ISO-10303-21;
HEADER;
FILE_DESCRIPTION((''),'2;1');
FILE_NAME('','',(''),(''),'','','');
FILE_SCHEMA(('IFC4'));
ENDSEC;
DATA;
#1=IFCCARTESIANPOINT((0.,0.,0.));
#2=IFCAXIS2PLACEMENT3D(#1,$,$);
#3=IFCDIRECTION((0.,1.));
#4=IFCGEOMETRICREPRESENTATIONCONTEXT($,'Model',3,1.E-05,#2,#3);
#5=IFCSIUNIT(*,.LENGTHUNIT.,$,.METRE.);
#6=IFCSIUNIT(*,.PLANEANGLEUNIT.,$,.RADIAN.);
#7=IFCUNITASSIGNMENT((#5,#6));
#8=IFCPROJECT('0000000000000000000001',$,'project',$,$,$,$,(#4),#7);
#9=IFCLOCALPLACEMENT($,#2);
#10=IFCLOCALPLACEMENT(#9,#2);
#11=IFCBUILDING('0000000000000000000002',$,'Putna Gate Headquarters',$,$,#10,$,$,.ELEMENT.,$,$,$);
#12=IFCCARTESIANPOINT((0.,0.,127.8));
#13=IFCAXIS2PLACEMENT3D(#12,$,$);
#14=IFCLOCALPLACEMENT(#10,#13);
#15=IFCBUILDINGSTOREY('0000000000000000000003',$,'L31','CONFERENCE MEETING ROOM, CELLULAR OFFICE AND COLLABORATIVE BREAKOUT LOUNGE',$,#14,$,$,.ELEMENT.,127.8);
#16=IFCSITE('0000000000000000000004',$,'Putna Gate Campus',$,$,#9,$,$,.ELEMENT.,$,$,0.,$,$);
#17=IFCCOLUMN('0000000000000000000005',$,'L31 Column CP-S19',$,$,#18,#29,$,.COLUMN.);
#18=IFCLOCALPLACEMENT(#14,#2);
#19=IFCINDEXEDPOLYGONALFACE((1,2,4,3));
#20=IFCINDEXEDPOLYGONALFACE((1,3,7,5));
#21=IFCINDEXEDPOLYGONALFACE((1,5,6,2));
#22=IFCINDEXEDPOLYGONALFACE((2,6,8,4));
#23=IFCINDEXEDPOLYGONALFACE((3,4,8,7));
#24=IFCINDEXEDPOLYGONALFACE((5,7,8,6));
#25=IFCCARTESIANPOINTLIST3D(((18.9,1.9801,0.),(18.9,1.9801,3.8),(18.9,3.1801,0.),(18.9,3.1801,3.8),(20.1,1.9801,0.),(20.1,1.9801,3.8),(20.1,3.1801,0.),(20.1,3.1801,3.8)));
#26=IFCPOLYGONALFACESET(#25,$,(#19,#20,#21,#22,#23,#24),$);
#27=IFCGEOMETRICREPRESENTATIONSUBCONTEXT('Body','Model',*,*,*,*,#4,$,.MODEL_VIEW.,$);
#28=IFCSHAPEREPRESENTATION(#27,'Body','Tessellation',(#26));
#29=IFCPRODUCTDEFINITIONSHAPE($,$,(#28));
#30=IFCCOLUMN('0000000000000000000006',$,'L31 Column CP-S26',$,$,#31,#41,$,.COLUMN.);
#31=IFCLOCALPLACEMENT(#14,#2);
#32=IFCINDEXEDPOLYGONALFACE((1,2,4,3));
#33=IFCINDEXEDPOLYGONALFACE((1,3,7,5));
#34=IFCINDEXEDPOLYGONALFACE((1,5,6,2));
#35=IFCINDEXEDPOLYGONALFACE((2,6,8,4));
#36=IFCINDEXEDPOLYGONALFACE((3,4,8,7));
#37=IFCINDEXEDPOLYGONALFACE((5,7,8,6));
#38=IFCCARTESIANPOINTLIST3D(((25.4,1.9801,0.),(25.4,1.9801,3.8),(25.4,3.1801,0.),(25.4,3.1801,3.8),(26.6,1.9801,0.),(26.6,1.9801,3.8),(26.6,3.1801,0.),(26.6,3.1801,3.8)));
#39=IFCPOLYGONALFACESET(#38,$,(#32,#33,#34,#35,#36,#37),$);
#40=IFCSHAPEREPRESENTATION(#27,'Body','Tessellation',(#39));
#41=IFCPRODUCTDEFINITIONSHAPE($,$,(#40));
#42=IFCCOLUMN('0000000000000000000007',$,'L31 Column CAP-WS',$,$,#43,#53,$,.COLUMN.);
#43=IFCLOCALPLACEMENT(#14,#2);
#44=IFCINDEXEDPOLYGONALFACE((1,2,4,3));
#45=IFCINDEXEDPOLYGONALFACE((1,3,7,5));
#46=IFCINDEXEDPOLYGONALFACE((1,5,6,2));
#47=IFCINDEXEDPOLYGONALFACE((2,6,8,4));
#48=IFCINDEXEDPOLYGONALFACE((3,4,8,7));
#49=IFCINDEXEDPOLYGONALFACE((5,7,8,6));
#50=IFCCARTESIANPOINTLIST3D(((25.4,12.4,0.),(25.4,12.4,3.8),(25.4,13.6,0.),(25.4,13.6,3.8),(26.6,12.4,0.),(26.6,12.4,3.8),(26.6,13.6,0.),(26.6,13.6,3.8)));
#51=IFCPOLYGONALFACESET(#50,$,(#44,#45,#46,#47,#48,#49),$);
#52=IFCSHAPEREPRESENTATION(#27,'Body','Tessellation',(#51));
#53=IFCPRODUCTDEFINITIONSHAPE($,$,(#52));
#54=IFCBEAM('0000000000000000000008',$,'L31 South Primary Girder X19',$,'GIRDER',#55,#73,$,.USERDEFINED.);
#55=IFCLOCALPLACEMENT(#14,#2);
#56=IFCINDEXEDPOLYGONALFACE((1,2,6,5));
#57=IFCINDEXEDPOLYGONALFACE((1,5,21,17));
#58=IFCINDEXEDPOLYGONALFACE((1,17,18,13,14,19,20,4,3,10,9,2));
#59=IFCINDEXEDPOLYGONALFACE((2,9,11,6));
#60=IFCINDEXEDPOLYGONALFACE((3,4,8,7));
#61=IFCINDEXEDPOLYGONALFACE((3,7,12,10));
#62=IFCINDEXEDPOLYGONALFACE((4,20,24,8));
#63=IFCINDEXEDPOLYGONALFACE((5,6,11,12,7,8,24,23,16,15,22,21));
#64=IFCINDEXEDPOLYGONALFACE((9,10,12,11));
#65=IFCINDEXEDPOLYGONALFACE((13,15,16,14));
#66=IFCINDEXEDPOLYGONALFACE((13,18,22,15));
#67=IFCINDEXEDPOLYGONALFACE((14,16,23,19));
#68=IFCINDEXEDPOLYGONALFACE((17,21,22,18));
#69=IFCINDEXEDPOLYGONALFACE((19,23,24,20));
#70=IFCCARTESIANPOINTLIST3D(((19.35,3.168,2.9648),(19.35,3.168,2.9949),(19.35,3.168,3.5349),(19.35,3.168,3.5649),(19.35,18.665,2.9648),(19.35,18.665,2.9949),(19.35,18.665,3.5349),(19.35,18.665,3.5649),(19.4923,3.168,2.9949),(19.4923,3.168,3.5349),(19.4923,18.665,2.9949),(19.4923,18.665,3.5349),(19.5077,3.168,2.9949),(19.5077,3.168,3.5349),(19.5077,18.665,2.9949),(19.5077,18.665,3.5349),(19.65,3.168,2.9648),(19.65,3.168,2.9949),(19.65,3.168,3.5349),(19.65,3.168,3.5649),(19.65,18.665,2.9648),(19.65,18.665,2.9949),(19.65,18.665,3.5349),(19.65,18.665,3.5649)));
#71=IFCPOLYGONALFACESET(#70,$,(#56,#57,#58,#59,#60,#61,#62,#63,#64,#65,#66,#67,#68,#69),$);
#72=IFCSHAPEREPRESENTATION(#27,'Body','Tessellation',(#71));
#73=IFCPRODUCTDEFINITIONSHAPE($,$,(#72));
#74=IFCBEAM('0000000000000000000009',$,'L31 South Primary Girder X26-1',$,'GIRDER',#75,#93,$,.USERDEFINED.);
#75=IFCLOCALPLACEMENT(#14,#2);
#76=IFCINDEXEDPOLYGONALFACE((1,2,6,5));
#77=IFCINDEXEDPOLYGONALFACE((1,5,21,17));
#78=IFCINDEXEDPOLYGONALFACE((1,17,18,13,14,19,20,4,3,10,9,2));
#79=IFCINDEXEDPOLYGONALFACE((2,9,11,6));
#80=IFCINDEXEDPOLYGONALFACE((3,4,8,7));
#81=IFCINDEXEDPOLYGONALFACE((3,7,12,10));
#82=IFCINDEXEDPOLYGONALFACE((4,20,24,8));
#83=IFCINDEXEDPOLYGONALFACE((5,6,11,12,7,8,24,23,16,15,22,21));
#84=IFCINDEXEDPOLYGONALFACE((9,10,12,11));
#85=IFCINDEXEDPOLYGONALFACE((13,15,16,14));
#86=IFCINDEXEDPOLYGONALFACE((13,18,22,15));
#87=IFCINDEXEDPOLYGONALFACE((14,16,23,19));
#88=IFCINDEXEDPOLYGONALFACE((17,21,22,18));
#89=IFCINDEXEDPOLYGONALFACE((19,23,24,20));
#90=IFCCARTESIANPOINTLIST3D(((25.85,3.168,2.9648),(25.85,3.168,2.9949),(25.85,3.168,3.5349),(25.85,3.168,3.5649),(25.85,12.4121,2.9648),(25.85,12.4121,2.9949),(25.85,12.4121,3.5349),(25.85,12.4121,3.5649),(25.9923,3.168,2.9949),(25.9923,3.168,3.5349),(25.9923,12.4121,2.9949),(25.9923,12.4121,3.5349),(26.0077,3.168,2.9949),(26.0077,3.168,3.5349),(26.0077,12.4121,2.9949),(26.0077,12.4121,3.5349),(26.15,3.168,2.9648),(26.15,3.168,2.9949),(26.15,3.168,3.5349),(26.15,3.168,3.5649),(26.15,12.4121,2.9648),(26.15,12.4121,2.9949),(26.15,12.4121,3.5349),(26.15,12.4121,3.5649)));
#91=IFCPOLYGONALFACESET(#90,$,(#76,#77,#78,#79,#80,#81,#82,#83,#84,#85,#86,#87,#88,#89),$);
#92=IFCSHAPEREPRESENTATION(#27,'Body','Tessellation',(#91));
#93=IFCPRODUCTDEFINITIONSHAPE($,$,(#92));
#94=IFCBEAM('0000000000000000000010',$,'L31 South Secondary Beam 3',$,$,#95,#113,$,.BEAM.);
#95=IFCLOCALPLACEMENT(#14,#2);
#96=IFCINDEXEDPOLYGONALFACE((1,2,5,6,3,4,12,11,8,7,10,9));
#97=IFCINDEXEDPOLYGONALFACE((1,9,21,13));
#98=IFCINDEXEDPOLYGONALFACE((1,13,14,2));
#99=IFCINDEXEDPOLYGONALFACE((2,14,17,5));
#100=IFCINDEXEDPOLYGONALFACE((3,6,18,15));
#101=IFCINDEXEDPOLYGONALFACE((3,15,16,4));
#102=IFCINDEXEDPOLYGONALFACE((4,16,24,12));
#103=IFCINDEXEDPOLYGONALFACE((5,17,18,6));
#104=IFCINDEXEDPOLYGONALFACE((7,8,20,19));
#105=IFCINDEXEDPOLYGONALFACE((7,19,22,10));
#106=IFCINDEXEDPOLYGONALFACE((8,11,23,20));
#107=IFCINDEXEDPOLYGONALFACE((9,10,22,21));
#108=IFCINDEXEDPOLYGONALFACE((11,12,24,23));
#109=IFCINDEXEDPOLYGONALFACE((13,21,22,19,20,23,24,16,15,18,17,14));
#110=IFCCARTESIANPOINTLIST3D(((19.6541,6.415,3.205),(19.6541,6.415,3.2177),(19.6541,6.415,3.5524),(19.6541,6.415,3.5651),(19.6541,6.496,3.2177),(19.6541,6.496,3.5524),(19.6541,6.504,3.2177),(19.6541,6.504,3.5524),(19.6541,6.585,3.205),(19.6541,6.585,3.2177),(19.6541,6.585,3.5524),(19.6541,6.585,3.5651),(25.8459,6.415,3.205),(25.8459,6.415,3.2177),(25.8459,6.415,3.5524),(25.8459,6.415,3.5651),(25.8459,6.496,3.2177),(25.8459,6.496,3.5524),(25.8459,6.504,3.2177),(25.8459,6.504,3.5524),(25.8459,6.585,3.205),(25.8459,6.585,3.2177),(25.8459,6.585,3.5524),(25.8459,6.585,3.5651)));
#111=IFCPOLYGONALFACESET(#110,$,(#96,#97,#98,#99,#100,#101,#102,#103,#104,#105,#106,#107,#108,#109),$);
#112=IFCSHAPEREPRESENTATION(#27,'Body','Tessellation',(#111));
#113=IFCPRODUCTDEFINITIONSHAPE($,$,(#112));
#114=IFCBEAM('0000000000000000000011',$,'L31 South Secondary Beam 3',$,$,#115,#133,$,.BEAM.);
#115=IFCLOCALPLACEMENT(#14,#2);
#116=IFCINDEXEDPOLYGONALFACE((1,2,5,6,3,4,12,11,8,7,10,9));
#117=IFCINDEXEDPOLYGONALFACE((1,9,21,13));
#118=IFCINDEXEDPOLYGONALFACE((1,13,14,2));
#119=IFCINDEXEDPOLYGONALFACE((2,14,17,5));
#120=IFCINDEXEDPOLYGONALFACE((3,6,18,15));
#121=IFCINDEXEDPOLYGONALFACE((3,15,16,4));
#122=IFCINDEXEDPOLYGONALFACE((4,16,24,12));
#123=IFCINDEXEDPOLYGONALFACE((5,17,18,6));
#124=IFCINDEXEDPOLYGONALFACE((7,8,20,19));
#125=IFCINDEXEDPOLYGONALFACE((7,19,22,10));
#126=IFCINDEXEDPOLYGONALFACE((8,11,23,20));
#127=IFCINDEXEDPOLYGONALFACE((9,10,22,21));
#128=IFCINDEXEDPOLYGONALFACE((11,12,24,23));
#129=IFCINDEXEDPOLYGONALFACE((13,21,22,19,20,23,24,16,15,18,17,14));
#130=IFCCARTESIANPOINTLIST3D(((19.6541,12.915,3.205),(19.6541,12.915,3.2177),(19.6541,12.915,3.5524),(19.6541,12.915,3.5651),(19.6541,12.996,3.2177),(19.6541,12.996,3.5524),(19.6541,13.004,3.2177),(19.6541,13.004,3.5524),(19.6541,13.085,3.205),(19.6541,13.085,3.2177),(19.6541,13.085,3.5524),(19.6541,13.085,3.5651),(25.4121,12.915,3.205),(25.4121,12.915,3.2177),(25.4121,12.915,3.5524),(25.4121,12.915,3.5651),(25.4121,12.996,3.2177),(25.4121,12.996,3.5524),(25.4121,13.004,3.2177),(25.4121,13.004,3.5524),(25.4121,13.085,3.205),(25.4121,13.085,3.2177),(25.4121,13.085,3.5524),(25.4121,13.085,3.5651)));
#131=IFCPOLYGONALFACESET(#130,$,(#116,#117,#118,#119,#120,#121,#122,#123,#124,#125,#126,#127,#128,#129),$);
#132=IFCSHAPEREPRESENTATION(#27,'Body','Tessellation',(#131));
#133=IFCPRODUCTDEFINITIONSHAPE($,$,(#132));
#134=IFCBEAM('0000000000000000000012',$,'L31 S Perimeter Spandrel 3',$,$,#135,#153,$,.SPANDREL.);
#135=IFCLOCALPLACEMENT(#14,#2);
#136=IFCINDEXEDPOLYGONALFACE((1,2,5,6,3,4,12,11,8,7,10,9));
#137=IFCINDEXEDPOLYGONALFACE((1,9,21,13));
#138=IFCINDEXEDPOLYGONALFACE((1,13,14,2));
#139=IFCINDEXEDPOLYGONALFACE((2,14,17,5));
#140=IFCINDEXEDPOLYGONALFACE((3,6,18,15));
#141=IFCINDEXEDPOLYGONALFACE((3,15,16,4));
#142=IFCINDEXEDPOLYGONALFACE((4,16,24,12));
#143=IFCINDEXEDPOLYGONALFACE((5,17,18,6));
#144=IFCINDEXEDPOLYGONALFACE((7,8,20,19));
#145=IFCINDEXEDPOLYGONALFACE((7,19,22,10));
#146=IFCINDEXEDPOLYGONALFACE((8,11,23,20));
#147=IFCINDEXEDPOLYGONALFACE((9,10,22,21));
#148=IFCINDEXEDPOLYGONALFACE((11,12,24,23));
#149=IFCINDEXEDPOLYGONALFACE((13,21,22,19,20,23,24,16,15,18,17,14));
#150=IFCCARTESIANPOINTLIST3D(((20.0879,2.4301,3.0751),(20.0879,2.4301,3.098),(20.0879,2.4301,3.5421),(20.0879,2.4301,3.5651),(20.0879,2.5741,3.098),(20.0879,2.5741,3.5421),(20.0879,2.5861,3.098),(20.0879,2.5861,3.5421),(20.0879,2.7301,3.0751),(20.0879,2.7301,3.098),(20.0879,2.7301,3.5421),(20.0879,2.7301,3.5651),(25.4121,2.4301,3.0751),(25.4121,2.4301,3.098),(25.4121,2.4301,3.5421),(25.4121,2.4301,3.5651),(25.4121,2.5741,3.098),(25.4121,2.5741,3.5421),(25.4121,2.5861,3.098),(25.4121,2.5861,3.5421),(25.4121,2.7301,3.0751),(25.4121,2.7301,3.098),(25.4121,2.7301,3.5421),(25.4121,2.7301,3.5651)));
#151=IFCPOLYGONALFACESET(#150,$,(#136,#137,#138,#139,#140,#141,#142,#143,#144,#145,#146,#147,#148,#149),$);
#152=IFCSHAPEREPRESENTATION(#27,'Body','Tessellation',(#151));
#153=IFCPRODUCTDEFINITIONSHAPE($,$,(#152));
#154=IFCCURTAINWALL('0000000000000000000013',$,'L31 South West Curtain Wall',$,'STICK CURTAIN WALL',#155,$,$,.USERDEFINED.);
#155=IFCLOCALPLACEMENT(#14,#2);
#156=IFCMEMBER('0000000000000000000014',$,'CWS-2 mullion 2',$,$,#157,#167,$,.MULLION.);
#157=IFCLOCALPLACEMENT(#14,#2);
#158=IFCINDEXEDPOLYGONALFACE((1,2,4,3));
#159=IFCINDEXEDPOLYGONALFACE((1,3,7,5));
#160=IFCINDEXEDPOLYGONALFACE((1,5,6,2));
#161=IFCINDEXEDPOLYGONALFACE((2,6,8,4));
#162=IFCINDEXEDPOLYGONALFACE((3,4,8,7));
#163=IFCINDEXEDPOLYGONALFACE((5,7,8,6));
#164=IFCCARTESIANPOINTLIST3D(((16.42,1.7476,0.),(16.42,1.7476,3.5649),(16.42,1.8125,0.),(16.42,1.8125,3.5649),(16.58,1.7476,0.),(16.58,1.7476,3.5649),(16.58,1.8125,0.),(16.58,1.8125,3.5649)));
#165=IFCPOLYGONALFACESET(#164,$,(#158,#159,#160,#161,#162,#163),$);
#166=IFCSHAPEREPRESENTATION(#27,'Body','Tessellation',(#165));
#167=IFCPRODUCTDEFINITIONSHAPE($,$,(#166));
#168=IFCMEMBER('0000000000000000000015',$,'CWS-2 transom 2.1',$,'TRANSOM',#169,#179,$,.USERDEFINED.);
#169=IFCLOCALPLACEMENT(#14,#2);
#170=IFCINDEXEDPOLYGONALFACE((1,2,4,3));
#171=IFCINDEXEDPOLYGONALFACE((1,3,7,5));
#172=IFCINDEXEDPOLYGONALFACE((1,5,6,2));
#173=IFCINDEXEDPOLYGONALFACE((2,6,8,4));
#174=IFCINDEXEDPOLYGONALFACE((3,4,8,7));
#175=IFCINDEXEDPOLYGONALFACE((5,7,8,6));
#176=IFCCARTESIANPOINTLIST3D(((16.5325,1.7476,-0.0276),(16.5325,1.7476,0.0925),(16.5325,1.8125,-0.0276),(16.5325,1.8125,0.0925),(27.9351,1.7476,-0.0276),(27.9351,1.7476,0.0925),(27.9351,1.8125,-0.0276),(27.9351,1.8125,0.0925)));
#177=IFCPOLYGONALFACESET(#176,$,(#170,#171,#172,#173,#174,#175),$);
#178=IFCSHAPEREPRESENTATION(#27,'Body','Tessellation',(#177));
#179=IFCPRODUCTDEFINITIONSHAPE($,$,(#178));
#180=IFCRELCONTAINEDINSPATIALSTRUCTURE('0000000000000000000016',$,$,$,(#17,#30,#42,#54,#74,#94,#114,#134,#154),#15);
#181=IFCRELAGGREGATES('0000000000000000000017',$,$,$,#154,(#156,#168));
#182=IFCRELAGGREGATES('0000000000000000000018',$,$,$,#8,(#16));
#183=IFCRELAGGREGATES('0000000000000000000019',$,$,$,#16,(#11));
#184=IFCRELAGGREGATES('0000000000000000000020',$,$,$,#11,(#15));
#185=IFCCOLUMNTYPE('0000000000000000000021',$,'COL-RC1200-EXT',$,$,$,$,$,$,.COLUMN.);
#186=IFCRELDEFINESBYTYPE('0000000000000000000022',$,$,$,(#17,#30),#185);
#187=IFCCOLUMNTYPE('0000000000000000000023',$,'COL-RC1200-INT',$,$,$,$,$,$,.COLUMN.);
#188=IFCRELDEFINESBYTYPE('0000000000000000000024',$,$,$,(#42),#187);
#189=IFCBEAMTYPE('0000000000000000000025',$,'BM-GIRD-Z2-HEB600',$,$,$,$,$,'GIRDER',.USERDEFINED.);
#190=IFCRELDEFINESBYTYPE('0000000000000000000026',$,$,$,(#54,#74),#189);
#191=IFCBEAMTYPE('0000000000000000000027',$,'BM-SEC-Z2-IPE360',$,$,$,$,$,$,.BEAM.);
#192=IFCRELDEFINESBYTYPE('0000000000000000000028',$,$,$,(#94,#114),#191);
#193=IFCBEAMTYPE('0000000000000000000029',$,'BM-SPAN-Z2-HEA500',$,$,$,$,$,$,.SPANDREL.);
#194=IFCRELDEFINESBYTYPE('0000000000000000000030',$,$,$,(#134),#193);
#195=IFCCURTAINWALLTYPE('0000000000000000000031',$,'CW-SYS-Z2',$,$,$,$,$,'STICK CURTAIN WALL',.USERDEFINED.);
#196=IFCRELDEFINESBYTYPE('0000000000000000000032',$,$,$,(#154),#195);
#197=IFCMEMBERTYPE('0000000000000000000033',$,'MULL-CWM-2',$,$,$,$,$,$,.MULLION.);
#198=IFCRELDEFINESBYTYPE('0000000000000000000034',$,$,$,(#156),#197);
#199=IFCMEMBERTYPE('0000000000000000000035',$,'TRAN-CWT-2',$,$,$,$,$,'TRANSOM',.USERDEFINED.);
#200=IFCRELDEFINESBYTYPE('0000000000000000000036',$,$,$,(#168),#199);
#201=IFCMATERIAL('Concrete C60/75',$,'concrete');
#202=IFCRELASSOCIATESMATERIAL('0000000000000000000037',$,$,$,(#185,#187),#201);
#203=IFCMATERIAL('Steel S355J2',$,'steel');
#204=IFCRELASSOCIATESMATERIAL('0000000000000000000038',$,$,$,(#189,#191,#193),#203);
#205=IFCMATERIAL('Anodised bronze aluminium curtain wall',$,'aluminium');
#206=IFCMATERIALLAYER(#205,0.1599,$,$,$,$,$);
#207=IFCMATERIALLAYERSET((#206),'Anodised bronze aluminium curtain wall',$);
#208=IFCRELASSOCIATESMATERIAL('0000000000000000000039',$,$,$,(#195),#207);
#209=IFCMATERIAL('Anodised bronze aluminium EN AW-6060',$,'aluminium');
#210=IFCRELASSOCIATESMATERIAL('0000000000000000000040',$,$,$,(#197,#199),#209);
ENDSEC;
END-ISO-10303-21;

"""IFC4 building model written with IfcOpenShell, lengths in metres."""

from ifc_helpers import new_model, si_unit, direction, frame, origin, origin_2d, place, context, subcontext, project, spatial, rectangle, i_section, extrude, material, layer, layer_set, material_profile, profile_set, type_object, element, aggregate, save


model = new_model("IFC4")

# Units and contexts
model_context = context("Model", 3, precision=1e-05, world=origin(), true_north=direction((0.0, 1.0)))
body_context = subcontext(model_context, "Body", "Model", "MODEL_VIEW")
ifc_project = project(units=[si_unit("LENGTHUNIT", "METRE"), si_unit("PLANEANGLEUNIT", "RADIAN")], contexts=[model_context])

# Site, building, storey
site_placement = place(None, origin())
site = spatial("IfcSite", under=ifc_project, at=site_placement, Name="Putna Gate Campus", CompositionType="ELEMENT", RefElevation=0.0)
building_placement = place(site_placement, origin())
building = spatial("IfcBuilding", under=site, at=building_placement, Name="Putna Gate Headquarters", CompositionType="ELEMENT")
storey_placement = place(building_placement, frame((0.0, 0.0, 127.8)))
storey = spatial("IfcBuildingStorey", under=building, at=storey_placement, Name="L31", Description="CONFERENCE MEETING ROOM, CELLULAR OFFICE AND COLLABORATIVE BREAKOUT LOUNGE", CompositionType="ELEMENT", Elevation=127.8)

# Columns
ifc_material_1 = material(Name="Concrete C60/75", Category="concrete")
ifc_material_profile_1 = material_profile(ifc_material_1, rectangle(XDim=1.2, YDim=1.2, at=origin_2d()), Name="Concrete C60/75")
ifc_profile_set_1 = profile_set([ifc_material_profile_1], Name="Concrete C60/75")
column_type_1 = type_object("IfcColumnType", Name="COL-RC1200-EXT", PredefinedType="COLUMN", material=ifc_profile_set_1)
for number, where, z_axis, x_axis, name in (
    (1, (19.5, 2.5801, 0.0), (0.0, 0.0, 1.0), (1.0, 0.0, 0.0), "L31 Column CP-S19"),
    (2, (26.0, 2.5801, 0.0), (0.0, 0.0, 1.0), (1.0, 0.0, 0.0), "L31 Column CP-S26"),
):
    element("IfcColumn", number, at=place(storey_placement, frame(where, z_axis=z_axis, x_axis=x_axis)), inside=storey, type_object=column_type_1, Name=name, PredefinedType="COLUMN", context=body_context, shape_type="SweptSolid", body=[
        extrude(rectangle(XDim=1.2, YDim=1.2, at=origin_2d()), origin(), (0.0, 0.0, 1.0), 3.8),
    ])
ifc_material_profile_2 = material_profile(ifc_material_1, rectangle(XDim=1.2, YDim=1.2, at=origin_2d()), Name="Concrete C60/75")
ifc_profile_set_2 = profile_set([ifc_material_profile_2], Name="Concrete C60/75")
column_type_2 = type_object("IfcColumnType", Name="COL-RC1200-INT", PredefinedType="COLUMN", material=ifc_profile_set_2)
column_placement = place(storey_placement, frame((26.0, 13.0, 0.0), z_axis=(0.0, 0.0, 1.0), x_axis=(1.0, 0.0, 0.0)))
element("IfcColumn", 3, at=column_placement, inside=storey, type_object=column_type_2, Name="L31 Column CAP-WS", PredefinedType="COLUMN", context=body_context, shape_type="SweptSolid", body=[
    extrude(rectangle(XDim=1.2, YDim=1.2, at=origin_2d()), origin(), (0.0, 0.0, 1.0), 3.8),
])

# Beams
ifc_material_2 = material(Name="Steel S355J2", Category="steel")
ifc_material_profile_3 = material_profile(ifc_material_2, i_section(OverallWidth=0.3, OverallDepth=0.6001, WebThickness=0.0154, FlangeThickness=0.03, at=origin_2d()), Name="Steel S355J2")
ifc_profile_set_3 = profile_set([ifc_material_profile_3], Name="Steel S355J2")
beam_type_1 = type_object("IfcBeamType", Name="BM-GIRD-Z2-HEB600", ElementType="GIRDER", PredefinedType="USERDEFINED", material=ifc_profile_set_3)
beam_1_placement = place(storey_placement, frame((19.5, 3.168, 3.2649), z_axis=(0.0, 1.0, 0.0), x_axis=(-1.0, 0.0, 0.0)))
element("IfcBeam", 4, at=beam_1_placement, inside=storey, type_object=beam_type_1, Name="L31 South Primary Girder X19", ObjectType="GIRDER", PredefinedType="USERDEFINED", context=body_context, shape_type="SweptSolid", body=[
    extrude(i_section(OverallWidth=0.3, OverallDepth=0.6001, WebThickness=0.0154, FlangeThickness=0.03, at=origin_2d()), origin(), (0.0, 0.0, 1.0), 15.4971),
])
beam_2_placement = place(storey_placement, frame((26.0, 3.168, 3.2649), z_axis=(0.0, 1.0, 0.0), x_axis=(-1.0, 0.0, 0.0)))
element("IfcBeam", 5, at=beam_2_placement, inside=storey, type_object=beam_type_1, Name="L31 South Primary Girder X26-1", ObjectType="GIRDER", PredefinedType="USERDEFINED", context=body_context, shape_type="SweptSolid", body=[
    extrude(i_section(OverallWidth=0.3, OverallDepth=0.6001, WebThickness=0.0154, FlangeThickness=0.03, at=origin_2d()), origin(), (0.0, 0.0, 1.0), 9.2441),
])
ifc_material_profile_4 = material_profile(ifc_material_2, i_section(OverallWidth=0.1699, OverallDepth=0.3601, WebThickness=0.0081, FlangeThickness=0.0127, at=origin_2d()), Name="Steel S355J2")
ifc_profile_set_4 = profile_set([ifc_material_profile_4], Name="Steel S355J2")
beam_type_2 = type_object("IfcBeamType", Name="BM-SEC-Z2-IPE360", PredefinedType="BEAM", material=ifc_profile_set_4)
beam_3_placement = place(storey_placement, frame((19.6541, 6.5, 3.385), z_axis=(1.0, 0.0, 0.0), x_axis=(0.0, 1.0, 0.0)))
element("IfcBeam", 6, at=beam_3_placement, inside=storey, type_object=beam_type_2, Name="L31 South Secondary Beam 3", PredefinedType="BEAM", context=body_context, shape_type="SweptSolid", body=[
    extrude(i_section(OverallWidth=0.1699, OverallDepth=0.3601, WebThickness=0.0081, FlangeThickness=0.0127, at=origin_2d()), origin(), (0.0, 0.0, 1.0), 6.1919),
])
beam_4_placement = place(storey_placement, frame((19.6541, 13.0, 3.385), z_axis=(1.0, 0.0, 0.0), x_axis=(0.0, 1.0, 0.0)))
element("IfcBeam", 7, at=beam_4_placement, inside=storey, type_object=beam_type_2, Name="L31 South Secondary Beam 3", PredefinedType="BEAM", context=body_context, shape_type="SweptSolid", body=[
    extrude(i_section(OverallWidth=0.1699, OverallDepth=0.3601, WebThickness=0.0081, FlangeThickness=0.0127, at=origin_2d()), origin(), (0.0, 0.0, 1.0), 5.7581),
])
ifc_material_profile_5 = material_profile(ifc_material_2, i_section(OverallWidth=0.3, OverallDepth=0.49, WebThickness=0.012, FlangeThickness=0.0229, at=origin_2d()), Name="Steel S355J2")
ifc_profile_set_5 = profile_set([ifc_material_profile_5], Name="Steel S355J2")
beam_type_3 = type_object("IfcBeamType", Name="BM-SPAN-Z2-HEA500", PredefinedType="SPANDREL", material=ifc_profile_set_5)
beam_5_placement = place(storey_placement, frame((20.0879, 2.5801, 3.3201), z_axis=(1.0, 0.0, 0.0), x_axis=(0.0, 1.0, 0.0)))
element("IfcBeam", 8, at=beam_5_placement, inside=storey, type_object=beam_type_3, Name="L31 S Perimeter Spandrel 3", PredefinedType="SPANDREL", context=body_context, shape_type="SweptSolid", body=[
    extrude(i_section(OverallWidth=0.3, OverallDepth=0.49, WebThickness=0.012, FlangeThickness=0.0229, at=origin_2d()), origin(), (0.0, 0.0, 1.0), 5.3242),
])

# Curtain wall, members
ifc_material_3 = material(Name="Anodised bronze aluminium curtain wall", Category="aluminium")
ifc_layer_1 = layer(ifc_material_3, 0.1599)
ifc_layer_set_1 = layer_set([ifc_layer_1], Name="Anodised bronze aluminium curtain wall")
curtain_wall_type = type_object("IfcCurtainWallType", Name="CW-SYS-Z2", ElementType="STICK CURTAIN WALL", PredefinedType="USERDEFINED", material=ifc_layer_set_1)
curtain_wall_placement = place(storey_placement, origin())
curtain_wall = element("IfcCurtainWall", 9, at=curtain_wall_placement, inside=storey, type_object=curtain_wall_type, Name="L31 South West Curtain Wall", ObjectType="STICK CURTAIN WALL", PredefinedType="USERDEFINED")
ifc_material_4 = material(Name="Anodised bronze aluminium EN AW-6060", Category="aluminium")
ifc_material_profile_6 = material_profile(ifc_material_4, rectangle(XDim=0.0649, YDim=0.1599, at=origin_2d()), Name="Anodised bronze aluminium EN AW-6060")
ifc_profile_set_6 = profile_set([ifc_material_profile_6], Name="Anodised bronze aluminium EN AW-6060")
member_type_1 = type_object("IfcMemberType", Name="MULL-CWM-2", PredefinedType="MULLION", material=ifc_profile_set_6)
member_1_placement = place(storey_placement, frame((16.5, 1.78, 0.0), z_axis=(0.0, 0.0, 1.0), x_axis=(0.0, 1.0, 0.0)))
member_1 = element("IfcMember", 10, at=member_1_placement, type_object=member_type_1, Name="CWS-2 mullion 2", PredefinedType="MULLION", context=body_context, shape_type="SweptSolid", body=[
    extrude(rectangle(XDim=0.0649, YDim=0.1599, at=origin_2d()), origin(), (0.0, 0.0, 1.0), 3.5649),
])
ifc_material_profile_7 = material_profile(ifc_material_4, rectangle(XDim=0.0649, YDim=0.1201, at=origin_2d()), Name="Anodised bronze aluminium EN AW-6060")
ifc_profile_set_7 = profile_set([ifc_material_profile_7], Name="Anodised bronze aluminium EN AW-6060")
member_type_2 = type_object("IfcMemberType", Name="TRAN-CWT-2", ElementType="TRANSOM", PredefinedType="USERDEFINED", material=ifc_profile_set_7)
member_2_placement = place(storey_placement, frame((16.5325, 1.78, 0.0325), z_axis=(1.0, 0.0, 0.0), x_axis=(0.0, 1.0, 0.0)))
member_2 = element("IfcMember", 11, at=member_2_placement, type_object=member_type_2, Name="CWS-2 transom 2.1", ObjectType="TRANSOM", PredefinedType="USERDEFINED", context=body_context, shape_type="SweptSolid", body=[
    extrude(rectangle(XDim=0.0649, YDim=0.1201, at=origin_2d()), origin(), (0.0, 0.0, 1.0), 11.4026),
])
aggregate(curtain_wall, [member_1, member_2])

save(model, "model.ifc")
